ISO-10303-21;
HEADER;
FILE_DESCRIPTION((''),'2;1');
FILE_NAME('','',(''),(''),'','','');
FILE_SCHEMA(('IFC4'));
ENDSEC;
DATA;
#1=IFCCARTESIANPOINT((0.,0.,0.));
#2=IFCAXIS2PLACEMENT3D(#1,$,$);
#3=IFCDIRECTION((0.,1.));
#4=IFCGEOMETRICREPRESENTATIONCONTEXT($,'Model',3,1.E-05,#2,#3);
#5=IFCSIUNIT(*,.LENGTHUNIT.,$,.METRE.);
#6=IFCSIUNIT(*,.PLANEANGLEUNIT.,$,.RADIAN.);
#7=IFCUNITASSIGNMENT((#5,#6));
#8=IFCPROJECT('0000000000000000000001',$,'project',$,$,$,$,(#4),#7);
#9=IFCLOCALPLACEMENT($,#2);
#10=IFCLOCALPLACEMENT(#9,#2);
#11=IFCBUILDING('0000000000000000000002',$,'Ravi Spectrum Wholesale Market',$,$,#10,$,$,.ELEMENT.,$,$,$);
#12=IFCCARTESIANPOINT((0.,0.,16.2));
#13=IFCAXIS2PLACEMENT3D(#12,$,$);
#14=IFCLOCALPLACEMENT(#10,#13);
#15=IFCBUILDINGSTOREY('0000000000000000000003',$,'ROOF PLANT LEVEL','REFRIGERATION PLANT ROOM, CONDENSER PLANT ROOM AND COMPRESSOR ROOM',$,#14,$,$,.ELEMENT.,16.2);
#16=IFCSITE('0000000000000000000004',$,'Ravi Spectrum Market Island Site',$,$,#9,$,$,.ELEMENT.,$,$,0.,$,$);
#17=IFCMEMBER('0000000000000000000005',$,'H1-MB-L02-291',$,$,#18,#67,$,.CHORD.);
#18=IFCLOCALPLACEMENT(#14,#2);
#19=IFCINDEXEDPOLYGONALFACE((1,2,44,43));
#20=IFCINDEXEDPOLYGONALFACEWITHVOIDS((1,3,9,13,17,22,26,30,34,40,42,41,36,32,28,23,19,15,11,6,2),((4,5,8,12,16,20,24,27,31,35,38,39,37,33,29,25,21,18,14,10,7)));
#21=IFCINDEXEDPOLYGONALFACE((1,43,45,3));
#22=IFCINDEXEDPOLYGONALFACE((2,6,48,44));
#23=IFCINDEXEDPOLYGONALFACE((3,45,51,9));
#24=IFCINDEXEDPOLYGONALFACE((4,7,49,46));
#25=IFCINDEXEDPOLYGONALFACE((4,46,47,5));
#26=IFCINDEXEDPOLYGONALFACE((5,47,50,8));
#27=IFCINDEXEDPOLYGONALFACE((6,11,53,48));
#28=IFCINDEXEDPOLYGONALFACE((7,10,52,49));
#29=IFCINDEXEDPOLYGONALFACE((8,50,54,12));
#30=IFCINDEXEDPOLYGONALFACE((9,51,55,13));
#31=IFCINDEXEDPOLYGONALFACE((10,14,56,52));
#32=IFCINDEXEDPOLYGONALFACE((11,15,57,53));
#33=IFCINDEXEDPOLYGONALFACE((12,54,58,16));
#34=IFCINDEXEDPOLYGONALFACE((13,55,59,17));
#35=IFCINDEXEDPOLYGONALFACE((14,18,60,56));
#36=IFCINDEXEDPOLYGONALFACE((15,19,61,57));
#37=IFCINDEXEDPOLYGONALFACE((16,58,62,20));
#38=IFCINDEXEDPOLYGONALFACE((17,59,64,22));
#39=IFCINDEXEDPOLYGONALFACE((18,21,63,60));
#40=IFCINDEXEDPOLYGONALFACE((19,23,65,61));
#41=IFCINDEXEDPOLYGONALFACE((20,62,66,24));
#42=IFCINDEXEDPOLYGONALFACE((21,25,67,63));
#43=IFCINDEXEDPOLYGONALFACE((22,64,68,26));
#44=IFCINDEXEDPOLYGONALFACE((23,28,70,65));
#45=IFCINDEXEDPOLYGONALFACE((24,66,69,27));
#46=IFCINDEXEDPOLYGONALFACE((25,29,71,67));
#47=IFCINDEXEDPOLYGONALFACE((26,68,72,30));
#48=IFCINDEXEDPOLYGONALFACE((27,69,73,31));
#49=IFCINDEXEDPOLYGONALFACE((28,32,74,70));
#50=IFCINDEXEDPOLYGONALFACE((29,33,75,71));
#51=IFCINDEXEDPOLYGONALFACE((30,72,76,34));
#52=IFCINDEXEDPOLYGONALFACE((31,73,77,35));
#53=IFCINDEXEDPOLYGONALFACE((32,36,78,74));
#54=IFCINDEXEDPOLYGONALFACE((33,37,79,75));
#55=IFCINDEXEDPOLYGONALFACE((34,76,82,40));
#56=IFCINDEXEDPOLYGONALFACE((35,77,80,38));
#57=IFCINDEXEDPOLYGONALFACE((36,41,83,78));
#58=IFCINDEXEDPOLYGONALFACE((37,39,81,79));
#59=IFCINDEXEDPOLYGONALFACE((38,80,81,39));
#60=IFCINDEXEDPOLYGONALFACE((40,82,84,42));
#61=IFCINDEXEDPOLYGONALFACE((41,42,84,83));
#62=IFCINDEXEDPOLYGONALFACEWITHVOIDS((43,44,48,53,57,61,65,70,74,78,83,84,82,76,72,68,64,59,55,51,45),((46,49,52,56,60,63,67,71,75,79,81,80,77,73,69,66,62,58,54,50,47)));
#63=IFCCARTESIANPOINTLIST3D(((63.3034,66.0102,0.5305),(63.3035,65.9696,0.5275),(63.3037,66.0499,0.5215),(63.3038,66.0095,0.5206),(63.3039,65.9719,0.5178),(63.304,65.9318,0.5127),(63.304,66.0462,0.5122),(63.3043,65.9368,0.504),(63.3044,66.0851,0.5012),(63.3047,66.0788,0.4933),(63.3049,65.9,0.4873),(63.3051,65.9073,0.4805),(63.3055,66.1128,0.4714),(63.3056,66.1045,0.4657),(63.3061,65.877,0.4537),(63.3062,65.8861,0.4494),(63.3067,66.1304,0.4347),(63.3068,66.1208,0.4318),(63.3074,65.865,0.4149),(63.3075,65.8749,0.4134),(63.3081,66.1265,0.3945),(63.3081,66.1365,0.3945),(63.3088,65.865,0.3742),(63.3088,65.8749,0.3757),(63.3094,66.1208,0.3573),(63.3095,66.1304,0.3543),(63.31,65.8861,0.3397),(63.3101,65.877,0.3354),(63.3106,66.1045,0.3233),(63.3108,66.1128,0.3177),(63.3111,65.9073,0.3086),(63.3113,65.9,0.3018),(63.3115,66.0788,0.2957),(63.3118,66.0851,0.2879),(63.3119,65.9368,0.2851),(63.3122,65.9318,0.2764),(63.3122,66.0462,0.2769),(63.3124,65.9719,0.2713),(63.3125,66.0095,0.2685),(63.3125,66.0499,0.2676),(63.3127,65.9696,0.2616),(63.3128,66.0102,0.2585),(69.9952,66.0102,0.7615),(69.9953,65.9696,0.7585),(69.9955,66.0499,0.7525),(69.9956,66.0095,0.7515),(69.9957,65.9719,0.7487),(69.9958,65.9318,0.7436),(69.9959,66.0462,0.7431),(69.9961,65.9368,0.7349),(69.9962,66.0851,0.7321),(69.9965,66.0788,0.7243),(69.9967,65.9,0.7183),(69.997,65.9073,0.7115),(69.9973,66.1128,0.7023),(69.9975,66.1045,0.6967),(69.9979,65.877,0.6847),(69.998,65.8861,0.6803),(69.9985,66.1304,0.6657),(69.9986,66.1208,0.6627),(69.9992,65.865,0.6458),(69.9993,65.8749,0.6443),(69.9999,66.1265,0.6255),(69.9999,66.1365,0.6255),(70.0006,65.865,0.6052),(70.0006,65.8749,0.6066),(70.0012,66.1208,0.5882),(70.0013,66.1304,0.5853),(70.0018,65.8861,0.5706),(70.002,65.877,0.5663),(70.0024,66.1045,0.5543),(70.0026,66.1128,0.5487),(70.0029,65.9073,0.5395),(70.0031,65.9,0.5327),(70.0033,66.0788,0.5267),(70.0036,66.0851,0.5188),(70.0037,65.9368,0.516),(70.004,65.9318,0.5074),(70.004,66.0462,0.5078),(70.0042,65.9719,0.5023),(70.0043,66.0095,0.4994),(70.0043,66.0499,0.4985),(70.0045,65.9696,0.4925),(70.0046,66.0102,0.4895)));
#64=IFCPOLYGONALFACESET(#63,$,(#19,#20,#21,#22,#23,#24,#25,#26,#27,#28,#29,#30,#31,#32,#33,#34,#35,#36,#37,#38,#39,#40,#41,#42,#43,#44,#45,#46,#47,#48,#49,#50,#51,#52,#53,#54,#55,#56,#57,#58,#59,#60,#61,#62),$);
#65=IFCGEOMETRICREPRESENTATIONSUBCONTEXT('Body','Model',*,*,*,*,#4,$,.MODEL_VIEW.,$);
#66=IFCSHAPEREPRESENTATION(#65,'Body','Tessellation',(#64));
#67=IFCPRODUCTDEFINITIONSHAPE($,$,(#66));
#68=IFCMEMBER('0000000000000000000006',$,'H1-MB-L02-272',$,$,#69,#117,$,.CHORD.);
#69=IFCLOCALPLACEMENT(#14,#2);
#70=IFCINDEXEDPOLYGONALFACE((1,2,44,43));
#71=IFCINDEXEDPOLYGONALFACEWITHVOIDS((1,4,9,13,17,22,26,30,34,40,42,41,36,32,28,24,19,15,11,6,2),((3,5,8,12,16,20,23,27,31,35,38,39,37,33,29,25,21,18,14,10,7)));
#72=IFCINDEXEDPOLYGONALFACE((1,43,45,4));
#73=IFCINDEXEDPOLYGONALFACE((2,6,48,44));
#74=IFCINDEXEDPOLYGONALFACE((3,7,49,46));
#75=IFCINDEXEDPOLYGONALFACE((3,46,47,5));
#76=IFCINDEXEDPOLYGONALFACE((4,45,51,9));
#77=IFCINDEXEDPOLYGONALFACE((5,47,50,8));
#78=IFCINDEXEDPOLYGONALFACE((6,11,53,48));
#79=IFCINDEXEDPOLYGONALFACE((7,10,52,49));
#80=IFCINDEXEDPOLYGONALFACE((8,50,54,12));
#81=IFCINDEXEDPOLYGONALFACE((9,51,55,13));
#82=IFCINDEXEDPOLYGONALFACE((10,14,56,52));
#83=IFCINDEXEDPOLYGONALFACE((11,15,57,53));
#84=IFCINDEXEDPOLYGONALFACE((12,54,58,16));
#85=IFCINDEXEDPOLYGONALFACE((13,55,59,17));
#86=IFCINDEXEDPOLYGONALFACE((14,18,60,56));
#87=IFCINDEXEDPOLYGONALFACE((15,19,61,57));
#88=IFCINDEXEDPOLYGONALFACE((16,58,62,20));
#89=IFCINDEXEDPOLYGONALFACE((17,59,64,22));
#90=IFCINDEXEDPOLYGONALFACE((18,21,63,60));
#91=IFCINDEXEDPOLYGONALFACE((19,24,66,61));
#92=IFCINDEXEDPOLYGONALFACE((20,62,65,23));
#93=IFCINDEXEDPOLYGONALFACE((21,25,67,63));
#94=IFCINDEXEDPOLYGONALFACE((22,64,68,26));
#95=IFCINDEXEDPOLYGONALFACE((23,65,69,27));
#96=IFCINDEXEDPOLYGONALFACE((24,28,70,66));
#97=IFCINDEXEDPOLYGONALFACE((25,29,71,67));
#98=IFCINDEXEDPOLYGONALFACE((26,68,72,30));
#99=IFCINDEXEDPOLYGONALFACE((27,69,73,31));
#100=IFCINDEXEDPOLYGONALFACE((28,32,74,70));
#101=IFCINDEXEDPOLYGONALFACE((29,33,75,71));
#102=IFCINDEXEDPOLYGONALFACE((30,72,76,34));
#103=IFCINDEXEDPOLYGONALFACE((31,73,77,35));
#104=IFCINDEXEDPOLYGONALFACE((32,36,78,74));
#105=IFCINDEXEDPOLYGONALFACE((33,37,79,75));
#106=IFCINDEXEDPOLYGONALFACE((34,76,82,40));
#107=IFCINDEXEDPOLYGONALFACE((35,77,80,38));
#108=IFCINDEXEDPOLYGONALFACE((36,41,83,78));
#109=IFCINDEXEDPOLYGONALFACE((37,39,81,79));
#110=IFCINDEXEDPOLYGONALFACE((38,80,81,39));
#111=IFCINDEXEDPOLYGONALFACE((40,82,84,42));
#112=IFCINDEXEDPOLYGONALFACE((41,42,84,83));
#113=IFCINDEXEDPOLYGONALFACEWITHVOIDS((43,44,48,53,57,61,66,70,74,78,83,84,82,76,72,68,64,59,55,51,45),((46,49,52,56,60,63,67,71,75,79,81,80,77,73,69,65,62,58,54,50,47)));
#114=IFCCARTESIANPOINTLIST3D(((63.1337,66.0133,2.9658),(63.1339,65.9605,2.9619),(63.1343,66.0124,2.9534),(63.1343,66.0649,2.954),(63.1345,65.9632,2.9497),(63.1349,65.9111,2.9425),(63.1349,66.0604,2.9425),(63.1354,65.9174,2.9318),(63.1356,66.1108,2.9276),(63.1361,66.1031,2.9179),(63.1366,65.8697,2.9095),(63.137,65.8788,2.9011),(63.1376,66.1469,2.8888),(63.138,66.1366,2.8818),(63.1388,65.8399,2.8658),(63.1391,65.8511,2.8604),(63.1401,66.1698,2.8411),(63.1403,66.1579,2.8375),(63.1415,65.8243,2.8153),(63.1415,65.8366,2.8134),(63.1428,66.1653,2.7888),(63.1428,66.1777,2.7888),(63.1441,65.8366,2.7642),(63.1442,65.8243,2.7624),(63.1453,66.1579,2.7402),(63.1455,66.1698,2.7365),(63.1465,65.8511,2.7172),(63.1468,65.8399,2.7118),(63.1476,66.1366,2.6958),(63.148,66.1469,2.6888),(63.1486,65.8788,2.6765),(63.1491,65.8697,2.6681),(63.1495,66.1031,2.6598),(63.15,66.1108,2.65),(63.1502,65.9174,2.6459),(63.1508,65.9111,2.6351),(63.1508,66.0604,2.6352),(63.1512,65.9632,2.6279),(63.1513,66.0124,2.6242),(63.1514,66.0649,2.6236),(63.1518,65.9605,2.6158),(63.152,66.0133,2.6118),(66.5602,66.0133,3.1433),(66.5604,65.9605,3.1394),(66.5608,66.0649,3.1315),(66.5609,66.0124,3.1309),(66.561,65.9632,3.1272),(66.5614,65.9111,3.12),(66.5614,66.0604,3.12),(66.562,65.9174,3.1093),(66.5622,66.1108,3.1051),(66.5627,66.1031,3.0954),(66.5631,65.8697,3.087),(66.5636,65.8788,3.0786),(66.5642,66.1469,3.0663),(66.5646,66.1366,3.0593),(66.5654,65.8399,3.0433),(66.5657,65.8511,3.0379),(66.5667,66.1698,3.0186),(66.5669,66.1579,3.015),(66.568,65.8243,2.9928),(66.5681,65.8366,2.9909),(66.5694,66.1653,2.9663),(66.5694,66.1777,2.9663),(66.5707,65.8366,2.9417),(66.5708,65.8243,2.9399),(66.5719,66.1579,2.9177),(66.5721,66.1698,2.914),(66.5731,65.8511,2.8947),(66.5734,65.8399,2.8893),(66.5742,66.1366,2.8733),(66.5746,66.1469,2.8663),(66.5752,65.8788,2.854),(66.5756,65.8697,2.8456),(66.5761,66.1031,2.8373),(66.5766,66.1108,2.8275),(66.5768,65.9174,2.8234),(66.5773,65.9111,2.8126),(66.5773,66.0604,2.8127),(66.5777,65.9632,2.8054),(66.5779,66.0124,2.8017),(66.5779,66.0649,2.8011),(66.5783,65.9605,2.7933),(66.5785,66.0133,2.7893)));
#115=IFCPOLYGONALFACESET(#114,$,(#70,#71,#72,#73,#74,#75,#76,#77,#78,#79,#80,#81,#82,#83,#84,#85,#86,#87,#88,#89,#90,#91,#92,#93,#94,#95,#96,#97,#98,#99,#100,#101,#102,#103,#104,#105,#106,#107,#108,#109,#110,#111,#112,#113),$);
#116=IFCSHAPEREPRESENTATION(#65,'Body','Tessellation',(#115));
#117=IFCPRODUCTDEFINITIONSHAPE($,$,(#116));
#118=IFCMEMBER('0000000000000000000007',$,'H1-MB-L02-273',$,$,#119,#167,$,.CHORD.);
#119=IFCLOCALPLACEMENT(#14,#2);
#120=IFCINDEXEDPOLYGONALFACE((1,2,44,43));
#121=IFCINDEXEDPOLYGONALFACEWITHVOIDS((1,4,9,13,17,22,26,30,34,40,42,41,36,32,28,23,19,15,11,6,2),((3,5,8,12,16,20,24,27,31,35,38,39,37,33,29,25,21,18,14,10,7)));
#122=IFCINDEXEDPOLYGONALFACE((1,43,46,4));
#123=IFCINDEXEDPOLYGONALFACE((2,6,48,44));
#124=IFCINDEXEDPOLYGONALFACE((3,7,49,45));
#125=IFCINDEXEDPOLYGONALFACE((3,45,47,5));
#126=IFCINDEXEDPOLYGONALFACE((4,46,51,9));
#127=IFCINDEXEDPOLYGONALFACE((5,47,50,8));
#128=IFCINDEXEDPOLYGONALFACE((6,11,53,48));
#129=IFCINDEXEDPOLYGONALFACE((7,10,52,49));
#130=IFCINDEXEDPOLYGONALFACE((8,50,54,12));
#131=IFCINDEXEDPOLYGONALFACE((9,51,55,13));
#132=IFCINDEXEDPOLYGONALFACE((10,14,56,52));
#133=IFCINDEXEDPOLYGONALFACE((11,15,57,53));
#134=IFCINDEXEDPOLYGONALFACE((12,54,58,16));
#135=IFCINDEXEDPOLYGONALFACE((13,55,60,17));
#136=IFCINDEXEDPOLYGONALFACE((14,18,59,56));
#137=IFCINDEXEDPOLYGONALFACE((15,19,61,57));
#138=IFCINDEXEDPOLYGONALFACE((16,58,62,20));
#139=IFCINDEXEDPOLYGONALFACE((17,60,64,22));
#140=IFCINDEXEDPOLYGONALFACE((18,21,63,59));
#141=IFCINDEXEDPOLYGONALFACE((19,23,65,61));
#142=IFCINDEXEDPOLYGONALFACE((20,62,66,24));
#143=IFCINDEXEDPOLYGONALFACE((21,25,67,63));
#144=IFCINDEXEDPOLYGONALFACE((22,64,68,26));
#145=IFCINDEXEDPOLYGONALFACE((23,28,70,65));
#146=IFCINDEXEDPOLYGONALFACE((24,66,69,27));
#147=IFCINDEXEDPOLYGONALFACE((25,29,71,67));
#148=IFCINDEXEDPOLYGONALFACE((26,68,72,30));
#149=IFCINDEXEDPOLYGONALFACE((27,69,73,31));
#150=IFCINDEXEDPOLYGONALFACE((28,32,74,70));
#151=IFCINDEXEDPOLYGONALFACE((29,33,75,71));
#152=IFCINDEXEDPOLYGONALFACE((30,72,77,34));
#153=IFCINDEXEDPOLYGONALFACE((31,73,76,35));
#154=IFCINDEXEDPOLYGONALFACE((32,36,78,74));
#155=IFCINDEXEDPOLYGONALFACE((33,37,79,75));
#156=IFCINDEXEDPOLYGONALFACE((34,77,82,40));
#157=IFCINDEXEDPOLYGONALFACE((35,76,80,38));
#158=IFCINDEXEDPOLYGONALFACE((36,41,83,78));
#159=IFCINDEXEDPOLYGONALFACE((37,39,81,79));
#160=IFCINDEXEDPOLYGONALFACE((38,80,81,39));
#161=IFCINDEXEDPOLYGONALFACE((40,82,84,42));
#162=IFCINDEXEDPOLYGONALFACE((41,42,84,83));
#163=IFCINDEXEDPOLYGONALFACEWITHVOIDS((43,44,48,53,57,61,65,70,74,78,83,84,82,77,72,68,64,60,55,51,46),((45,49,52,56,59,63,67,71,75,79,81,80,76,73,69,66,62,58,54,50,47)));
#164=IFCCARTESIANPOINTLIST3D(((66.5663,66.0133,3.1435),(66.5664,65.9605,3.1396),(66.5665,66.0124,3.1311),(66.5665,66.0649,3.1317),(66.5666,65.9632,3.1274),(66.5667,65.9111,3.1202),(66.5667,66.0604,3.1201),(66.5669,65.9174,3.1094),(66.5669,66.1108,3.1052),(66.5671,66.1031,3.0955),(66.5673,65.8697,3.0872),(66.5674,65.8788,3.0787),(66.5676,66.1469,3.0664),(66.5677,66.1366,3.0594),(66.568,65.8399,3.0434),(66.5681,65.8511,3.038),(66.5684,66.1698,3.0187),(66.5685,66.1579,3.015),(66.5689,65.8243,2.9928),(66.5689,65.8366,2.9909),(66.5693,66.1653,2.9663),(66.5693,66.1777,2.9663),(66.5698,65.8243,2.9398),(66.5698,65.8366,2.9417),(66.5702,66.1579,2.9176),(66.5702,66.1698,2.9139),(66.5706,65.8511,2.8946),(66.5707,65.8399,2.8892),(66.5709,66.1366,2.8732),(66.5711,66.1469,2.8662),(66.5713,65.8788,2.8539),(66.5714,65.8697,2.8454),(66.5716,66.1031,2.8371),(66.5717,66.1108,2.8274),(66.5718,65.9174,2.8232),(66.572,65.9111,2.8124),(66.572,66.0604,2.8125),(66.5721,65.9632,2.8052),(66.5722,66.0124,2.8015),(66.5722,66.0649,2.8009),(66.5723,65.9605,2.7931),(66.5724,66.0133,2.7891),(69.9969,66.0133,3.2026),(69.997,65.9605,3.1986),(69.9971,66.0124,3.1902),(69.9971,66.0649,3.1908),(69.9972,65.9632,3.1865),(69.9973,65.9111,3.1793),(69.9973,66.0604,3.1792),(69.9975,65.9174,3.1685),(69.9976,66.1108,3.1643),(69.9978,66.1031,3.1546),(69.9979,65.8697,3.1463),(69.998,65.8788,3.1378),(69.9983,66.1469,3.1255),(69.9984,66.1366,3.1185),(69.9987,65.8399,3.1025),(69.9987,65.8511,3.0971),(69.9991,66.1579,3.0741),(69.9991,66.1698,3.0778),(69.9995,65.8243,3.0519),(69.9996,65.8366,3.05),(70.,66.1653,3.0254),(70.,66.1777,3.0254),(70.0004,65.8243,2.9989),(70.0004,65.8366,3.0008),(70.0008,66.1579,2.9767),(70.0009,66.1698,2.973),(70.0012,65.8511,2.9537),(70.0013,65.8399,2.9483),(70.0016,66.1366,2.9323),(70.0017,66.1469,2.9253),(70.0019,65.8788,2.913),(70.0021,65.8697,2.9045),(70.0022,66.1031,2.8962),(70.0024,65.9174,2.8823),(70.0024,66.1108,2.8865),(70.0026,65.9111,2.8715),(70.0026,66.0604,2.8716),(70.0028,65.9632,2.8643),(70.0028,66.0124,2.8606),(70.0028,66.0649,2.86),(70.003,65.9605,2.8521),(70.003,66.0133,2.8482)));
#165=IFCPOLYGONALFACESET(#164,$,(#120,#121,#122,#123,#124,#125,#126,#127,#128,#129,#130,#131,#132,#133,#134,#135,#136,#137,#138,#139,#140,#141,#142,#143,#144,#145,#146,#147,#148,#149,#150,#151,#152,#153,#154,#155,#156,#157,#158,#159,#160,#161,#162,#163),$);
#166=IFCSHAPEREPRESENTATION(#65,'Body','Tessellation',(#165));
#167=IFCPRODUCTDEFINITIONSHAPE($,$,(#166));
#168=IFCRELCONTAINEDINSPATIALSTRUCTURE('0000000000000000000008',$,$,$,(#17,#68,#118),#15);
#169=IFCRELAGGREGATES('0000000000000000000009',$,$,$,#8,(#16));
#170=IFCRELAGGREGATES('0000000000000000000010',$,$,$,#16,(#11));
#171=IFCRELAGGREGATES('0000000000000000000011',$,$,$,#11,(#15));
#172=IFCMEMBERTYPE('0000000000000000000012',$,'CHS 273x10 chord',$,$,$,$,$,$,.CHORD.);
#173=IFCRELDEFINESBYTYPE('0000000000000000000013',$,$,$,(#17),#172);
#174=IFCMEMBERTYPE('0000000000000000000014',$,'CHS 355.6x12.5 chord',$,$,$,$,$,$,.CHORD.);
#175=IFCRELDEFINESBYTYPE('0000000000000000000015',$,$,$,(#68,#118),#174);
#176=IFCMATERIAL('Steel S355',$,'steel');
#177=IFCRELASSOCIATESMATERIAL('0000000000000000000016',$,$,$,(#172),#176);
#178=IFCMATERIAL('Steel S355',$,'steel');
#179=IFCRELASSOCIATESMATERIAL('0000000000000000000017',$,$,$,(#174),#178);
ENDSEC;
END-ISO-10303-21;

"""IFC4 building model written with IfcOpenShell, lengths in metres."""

from ifc_helpers import new_model, si_unit, direction, frame, origin, origin_2d, place, context, subcontext, project, spatial, hollow_circle, extrude, material, material_profile, profile_set, type_object, element, save


model = new_model("IFC4")

# Units and contexts
model_context = context("Model", 3, precision=1e-05, world=origin(), true_north=direction((0.0, 1.0)))
body_context = subcontext(model_context, "Body", "Model", "MODEL_VIEW")
ifc_project = project(units=[si_unit("LENGTHUNIT", "METRE"), si_unit("PLANEANGLEUNIT", "RADIAN")], contexts=[model_context])

# Site, building, storey
site_placement = place(None, origin())
site = spatial("IfcSite", under=ifc_project, at=site_placement, Name="Ravi Spectrum Market Island Site", CompositionType="ELEMENT", RefElevation=0.0)
building_placement = place(site_placement, origin())
building = spatial("IfcBuilding", under=site, at=building_placement, Name="Ravi Spectrum Wholesale Market", CompositionType="ELEMENT")
storey_placement = place(building_placement, frame((0.0, 0.0, 16.2)))
storey = spatial("IfcBuildingStorey", under=building, at=storey_placement, Name="ROOF PLANT LEVEL", Description="REFRIGERATION PLANT ROOM, CONDENSER PLANT ROOM AND COMPRESSOR ROOM", CompositionType="ELEMENT", Elevation=16.2)

# Members
ifc_material_1 = material(Name="Steel S355", Category="steel")
ifc_material_profile_1 = material_profile(ifc_material_1, hollow_circle(Radius=0.1365, WallThickness=0.01, at=origin_2d()))
ifc_profile_set_1 = profile_set([ifc_material_profile_1], Name="Steel S355")
member_type_1 = type_object("IfcMemberType", Name="CHS 273x10 chord", PredefinedType="CHORD", material=ifc_profile_set_1)
member_1_placement = place(storey_placement, frame((63.3081, 66.0, 0.3945), z_axis=(0.999405, 0.0, 0.034492), x_axis=(0.0, 1.0, 0.0)))
element("IfcMember", 1, at=member_1_placement, inside=storey, type_object=member_type_1, Name="H1-MB-L02-291", PredefinedType="CHORD", context=body_context, shape_type="SweptSolid", body=[
    extrude(hollow_circle(Radius=0.1365, WallThickness=0.01, at=origin_2d()), origin(), (0.0, 0.0, 1.0), 6.6958),
])
ifc_material_2 = material(Name="Steel S355", Category="steel")
ifc_material_profile_2 = material_profile(ifc_material_2, hollow_circle(Radius=0.1777, WallThickness=0.0125, at=origin_2d()))
ifc_profile_set_2 = profile_set([ifc_material_profile_2], Name="Steel S355")
member_type_2 = type_object("IfcMemberType", Name="CHS 355.6x12.5 chord", PredefinedType="CHORD", material=ifc_profile_set_2)
for number, where, z_axis, x_axis, name in (
    (2, (63.1428, 66.0, 2.7888), (0.998661, 0.0, 0.05173), (0.0, 1.0, 0.0), "H1-MB-L02-272"),
    (3, (66.5693, 66.0, 2.9663), (0.999852, 0.0, 0.017219), (0.0, 1.0, 0.0), "H1-MB-L02-273"),
):
    element("IfcMember", number, at=place(storey_placement, frame(where, z_axis=z_axis, x_axis=x_axis)), inside=storey, type_object=member_type_2, Name=name, PredefinedType="CHORD", context=body_context, shape_type="SweptSolid", body=[
        extrude(hollow_circle(Radius=0.1777, WallThickness=0.0125, at=origin_2d()), origin(), (0.0, 0.0, 1.0), 3.4312),
    ])

save(model, "model.ifc")
